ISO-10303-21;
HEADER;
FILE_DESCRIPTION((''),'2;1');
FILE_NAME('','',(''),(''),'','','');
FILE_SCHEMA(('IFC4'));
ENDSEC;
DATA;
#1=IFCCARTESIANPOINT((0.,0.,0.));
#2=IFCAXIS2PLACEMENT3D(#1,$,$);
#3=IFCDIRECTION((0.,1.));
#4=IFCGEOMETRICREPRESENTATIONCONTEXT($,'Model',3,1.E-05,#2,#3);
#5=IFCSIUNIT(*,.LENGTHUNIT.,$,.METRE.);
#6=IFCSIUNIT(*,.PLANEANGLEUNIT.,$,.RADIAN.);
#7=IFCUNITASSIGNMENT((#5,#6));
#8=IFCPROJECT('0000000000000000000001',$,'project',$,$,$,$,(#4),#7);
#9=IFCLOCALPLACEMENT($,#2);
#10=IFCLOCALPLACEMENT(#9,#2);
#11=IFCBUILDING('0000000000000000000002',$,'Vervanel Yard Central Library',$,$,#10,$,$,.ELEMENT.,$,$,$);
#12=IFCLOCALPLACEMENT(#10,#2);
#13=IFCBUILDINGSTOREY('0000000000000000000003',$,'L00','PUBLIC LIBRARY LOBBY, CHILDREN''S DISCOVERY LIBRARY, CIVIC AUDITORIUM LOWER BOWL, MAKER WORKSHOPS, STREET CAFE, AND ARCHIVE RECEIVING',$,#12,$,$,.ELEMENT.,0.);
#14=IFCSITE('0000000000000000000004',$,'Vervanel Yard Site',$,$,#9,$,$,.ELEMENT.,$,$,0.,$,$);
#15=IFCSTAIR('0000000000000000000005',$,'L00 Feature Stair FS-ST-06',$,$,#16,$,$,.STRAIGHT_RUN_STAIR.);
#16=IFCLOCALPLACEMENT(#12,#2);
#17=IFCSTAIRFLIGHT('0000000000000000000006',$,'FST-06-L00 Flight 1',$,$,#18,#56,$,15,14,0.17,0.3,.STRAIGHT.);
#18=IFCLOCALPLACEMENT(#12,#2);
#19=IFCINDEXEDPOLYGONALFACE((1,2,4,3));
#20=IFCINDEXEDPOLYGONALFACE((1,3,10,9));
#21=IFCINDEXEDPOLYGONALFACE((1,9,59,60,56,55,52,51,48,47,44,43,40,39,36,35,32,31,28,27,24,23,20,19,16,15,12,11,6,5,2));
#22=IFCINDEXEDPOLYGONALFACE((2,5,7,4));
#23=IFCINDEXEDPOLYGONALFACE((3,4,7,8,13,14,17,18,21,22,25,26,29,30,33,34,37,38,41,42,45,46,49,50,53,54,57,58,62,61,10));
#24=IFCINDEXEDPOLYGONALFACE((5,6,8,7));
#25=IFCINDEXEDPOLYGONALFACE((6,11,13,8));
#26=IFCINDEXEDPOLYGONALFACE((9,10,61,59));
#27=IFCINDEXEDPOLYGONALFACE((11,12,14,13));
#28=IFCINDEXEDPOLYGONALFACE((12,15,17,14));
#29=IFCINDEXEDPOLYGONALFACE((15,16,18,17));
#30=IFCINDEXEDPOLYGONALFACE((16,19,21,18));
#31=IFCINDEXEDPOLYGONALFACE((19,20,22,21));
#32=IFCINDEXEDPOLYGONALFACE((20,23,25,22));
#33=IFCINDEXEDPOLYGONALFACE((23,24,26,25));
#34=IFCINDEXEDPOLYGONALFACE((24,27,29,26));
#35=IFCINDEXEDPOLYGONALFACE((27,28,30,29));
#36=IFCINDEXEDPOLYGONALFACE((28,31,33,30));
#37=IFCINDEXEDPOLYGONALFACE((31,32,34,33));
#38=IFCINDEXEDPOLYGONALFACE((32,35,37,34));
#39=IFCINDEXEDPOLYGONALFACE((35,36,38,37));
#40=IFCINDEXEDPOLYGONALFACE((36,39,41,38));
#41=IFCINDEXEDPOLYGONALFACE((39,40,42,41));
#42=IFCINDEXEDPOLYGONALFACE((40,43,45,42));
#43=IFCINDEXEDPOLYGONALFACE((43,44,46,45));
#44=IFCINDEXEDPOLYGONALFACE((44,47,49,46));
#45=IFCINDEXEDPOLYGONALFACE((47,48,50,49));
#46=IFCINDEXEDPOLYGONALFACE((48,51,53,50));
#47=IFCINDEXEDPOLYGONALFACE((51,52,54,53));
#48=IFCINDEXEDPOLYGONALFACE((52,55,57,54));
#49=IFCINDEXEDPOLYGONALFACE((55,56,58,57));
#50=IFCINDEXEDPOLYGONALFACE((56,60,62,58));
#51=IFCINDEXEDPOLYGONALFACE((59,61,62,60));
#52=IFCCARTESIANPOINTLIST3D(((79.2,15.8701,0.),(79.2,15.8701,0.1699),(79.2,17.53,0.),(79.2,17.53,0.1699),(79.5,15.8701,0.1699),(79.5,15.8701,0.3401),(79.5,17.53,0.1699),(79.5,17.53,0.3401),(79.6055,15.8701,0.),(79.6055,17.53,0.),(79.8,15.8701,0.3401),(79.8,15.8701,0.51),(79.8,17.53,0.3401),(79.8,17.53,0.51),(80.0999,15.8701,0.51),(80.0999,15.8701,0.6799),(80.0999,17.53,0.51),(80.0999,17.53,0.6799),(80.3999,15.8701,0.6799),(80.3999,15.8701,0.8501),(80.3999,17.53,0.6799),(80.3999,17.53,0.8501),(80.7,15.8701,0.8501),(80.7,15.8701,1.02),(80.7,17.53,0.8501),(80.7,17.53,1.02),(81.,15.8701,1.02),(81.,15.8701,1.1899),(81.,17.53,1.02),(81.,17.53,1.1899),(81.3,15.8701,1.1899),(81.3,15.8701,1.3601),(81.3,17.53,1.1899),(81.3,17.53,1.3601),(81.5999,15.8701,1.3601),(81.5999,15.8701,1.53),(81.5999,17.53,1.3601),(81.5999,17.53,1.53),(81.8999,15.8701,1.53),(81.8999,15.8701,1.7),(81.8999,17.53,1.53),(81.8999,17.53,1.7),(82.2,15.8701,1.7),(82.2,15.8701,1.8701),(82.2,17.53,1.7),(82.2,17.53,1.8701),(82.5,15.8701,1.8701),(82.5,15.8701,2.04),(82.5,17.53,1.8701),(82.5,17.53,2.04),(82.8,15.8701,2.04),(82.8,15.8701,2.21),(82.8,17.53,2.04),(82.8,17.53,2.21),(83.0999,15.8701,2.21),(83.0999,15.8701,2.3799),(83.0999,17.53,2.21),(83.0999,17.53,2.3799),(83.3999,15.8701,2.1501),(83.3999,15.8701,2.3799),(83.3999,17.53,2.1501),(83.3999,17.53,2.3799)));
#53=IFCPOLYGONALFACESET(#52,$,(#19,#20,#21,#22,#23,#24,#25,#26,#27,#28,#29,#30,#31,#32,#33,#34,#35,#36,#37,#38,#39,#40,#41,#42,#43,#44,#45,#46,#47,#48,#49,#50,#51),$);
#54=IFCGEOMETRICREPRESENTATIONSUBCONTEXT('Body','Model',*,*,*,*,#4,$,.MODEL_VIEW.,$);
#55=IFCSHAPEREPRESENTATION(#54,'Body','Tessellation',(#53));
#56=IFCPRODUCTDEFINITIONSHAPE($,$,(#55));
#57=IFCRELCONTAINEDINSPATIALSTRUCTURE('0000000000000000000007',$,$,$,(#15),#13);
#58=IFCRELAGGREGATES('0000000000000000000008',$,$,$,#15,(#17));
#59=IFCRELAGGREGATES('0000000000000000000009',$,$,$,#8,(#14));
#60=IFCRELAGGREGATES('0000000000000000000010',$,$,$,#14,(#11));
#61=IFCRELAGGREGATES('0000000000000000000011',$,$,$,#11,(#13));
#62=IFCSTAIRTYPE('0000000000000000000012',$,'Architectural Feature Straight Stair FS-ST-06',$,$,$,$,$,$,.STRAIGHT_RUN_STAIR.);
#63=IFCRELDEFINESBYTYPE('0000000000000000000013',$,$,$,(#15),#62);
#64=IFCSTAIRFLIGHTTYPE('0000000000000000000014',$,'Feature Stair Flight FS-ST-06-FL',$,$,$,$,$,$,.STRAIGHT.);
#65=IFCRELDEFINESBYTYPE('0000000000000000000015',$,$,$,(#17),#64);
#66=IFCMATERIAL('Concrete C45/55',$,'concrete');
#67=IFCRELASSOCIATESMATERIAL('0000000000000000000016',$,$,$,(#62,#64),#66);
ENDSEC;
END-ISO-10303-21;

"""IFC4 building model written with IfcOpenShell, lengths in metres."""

from ifc_helpers import new_model, si_unit, direction, frame, origin, place, context, subcontext, project, spatial, polyline, outline, extrude, material, type_object, element, aggregate, save


model = new_model("IFC4")

# Units and contexts
model_context = context("Model", 3, precision=1e-05, world=origin(), true_north=direction((0.0, 1.0)))
body_context = subcontext(model_context, "Body", "Model", "MODEL_VIEW")
ifc_project = project(units=[si_unit("LENGTHUNIT", "METRE"), si_unit("PLANEANGLEUNIT", "RADIAN")], contexts=[model_context])

# Site, building, storey
site_placement = place(None, origin())
site = spatial("IfcSite", under=ifc_project, at=site_placement, Name="Vervanel Yard Site", CompositionType="ELEMENT", RefElevation=0.0)
building_placement = place(site_placement, origin())
building = spatial("IfcBuilding", under=site, at=building_placement, Name="Vervanel Yard Central Library", CompositionType="ELEMENT")
storey_placement = place(building_placement, origin())
storey = spatial("IfcBuildingStorey", under=building, at=storey_placement, Name="L00", Description="PUBLIC LIBRARY LOBBY, CHILDREN'S DISCOVERY LIBRARY, CIVIC AUDITORIUM LOWER BOWL, MAKER WORKSHOPS, STREET CAFE, AND ARCHIVE RECEIVING", CompositionType="ELEMENT", Elevation=0.0)

# Stair, stair flight
ifc_material_1 = material(Name="Concrete C45/55", Category="concrete")
stair_type = type_object("IfcStairType", Name="Architectural Feature Straight Stair FS-ST-06", PredefinedType="STRAIGHT_RUN_STAIR", material=ifc_material_1)
stair_placement = place(storey_placement, origin())
stair = element("IfcStair", 1, at=stair_placement, inside=storey, type_object=stair_type, Name="L00 Feature Stair FS-ST-06", PredefinedType="STRAIGHT_RUN_STAIR")
stair_flight_type = type_object("IfcStairFlightType", Name="Feature Stair Flight FS-ST-06-FL", PredefinedType="STRAIGHT", material=ifc_material_1)
stair_flight_placement = place(storey_placement, frame((79.2, 16.7, 0.0), z_axis=(0.0, 0.0, 1.0), x_axis=(1.0, 0.0, 0.0)))
stair_flight = element("IfcStairFlight", 2, at=stair_flight_placement, type_object=stair_flight_type, Name="FST-06-L00 Flight 1", NumberOfRisers=15, NumberOfTreads=14, PredefinedType="STRAIGHT", RiserHeight=0.17, TreadLength=0.3, context=body_context, shape_type="SweptSolid", body=[
    extrude(outline(polyline([(0.0, 0.0), (0.0, 0.1699), (0.3, 0.1699), (0.3, 0.3401), (0.6001, 0.3401), (0.6001, 0.51), (0.8999, 0.51), (0.8999, 0.6799), (1.2, 0.6799), (1.2, 0.8501), (1.5, 0.8501), (1.5, 1.02), (1.8, 1.02), (1.8, 1.1899), (2.1001, 1.1899), (2.1001, 1.3601), (2.3999, 1.3601), (2.3999, 1.53), (2.7, 1.53), (2.7, 1.7), (3.0, 1.7), (3.0, 1.8701), (3.3, 1.8701), (3.3, 2.04), (3.6001, 2.04), (3.6001, 2.21), (3.8999, 2.21), (3.8999, 2.3799), (4.2, 2.3799), (4.2, 2.55), (4.2, 2.1501), (0.4055, 0.0), (0.0, 0.0)])), frame((0.0, 0.8301, 0.0), z_axis=(0.0, -1.0, 0.0), x_axis=(1.0, 0.0, 0.0)), (0.0, 0.0, 1.0), 1.6599),
])
aggregate(stair, [stair_flight])

save(model, "model.ifc")
